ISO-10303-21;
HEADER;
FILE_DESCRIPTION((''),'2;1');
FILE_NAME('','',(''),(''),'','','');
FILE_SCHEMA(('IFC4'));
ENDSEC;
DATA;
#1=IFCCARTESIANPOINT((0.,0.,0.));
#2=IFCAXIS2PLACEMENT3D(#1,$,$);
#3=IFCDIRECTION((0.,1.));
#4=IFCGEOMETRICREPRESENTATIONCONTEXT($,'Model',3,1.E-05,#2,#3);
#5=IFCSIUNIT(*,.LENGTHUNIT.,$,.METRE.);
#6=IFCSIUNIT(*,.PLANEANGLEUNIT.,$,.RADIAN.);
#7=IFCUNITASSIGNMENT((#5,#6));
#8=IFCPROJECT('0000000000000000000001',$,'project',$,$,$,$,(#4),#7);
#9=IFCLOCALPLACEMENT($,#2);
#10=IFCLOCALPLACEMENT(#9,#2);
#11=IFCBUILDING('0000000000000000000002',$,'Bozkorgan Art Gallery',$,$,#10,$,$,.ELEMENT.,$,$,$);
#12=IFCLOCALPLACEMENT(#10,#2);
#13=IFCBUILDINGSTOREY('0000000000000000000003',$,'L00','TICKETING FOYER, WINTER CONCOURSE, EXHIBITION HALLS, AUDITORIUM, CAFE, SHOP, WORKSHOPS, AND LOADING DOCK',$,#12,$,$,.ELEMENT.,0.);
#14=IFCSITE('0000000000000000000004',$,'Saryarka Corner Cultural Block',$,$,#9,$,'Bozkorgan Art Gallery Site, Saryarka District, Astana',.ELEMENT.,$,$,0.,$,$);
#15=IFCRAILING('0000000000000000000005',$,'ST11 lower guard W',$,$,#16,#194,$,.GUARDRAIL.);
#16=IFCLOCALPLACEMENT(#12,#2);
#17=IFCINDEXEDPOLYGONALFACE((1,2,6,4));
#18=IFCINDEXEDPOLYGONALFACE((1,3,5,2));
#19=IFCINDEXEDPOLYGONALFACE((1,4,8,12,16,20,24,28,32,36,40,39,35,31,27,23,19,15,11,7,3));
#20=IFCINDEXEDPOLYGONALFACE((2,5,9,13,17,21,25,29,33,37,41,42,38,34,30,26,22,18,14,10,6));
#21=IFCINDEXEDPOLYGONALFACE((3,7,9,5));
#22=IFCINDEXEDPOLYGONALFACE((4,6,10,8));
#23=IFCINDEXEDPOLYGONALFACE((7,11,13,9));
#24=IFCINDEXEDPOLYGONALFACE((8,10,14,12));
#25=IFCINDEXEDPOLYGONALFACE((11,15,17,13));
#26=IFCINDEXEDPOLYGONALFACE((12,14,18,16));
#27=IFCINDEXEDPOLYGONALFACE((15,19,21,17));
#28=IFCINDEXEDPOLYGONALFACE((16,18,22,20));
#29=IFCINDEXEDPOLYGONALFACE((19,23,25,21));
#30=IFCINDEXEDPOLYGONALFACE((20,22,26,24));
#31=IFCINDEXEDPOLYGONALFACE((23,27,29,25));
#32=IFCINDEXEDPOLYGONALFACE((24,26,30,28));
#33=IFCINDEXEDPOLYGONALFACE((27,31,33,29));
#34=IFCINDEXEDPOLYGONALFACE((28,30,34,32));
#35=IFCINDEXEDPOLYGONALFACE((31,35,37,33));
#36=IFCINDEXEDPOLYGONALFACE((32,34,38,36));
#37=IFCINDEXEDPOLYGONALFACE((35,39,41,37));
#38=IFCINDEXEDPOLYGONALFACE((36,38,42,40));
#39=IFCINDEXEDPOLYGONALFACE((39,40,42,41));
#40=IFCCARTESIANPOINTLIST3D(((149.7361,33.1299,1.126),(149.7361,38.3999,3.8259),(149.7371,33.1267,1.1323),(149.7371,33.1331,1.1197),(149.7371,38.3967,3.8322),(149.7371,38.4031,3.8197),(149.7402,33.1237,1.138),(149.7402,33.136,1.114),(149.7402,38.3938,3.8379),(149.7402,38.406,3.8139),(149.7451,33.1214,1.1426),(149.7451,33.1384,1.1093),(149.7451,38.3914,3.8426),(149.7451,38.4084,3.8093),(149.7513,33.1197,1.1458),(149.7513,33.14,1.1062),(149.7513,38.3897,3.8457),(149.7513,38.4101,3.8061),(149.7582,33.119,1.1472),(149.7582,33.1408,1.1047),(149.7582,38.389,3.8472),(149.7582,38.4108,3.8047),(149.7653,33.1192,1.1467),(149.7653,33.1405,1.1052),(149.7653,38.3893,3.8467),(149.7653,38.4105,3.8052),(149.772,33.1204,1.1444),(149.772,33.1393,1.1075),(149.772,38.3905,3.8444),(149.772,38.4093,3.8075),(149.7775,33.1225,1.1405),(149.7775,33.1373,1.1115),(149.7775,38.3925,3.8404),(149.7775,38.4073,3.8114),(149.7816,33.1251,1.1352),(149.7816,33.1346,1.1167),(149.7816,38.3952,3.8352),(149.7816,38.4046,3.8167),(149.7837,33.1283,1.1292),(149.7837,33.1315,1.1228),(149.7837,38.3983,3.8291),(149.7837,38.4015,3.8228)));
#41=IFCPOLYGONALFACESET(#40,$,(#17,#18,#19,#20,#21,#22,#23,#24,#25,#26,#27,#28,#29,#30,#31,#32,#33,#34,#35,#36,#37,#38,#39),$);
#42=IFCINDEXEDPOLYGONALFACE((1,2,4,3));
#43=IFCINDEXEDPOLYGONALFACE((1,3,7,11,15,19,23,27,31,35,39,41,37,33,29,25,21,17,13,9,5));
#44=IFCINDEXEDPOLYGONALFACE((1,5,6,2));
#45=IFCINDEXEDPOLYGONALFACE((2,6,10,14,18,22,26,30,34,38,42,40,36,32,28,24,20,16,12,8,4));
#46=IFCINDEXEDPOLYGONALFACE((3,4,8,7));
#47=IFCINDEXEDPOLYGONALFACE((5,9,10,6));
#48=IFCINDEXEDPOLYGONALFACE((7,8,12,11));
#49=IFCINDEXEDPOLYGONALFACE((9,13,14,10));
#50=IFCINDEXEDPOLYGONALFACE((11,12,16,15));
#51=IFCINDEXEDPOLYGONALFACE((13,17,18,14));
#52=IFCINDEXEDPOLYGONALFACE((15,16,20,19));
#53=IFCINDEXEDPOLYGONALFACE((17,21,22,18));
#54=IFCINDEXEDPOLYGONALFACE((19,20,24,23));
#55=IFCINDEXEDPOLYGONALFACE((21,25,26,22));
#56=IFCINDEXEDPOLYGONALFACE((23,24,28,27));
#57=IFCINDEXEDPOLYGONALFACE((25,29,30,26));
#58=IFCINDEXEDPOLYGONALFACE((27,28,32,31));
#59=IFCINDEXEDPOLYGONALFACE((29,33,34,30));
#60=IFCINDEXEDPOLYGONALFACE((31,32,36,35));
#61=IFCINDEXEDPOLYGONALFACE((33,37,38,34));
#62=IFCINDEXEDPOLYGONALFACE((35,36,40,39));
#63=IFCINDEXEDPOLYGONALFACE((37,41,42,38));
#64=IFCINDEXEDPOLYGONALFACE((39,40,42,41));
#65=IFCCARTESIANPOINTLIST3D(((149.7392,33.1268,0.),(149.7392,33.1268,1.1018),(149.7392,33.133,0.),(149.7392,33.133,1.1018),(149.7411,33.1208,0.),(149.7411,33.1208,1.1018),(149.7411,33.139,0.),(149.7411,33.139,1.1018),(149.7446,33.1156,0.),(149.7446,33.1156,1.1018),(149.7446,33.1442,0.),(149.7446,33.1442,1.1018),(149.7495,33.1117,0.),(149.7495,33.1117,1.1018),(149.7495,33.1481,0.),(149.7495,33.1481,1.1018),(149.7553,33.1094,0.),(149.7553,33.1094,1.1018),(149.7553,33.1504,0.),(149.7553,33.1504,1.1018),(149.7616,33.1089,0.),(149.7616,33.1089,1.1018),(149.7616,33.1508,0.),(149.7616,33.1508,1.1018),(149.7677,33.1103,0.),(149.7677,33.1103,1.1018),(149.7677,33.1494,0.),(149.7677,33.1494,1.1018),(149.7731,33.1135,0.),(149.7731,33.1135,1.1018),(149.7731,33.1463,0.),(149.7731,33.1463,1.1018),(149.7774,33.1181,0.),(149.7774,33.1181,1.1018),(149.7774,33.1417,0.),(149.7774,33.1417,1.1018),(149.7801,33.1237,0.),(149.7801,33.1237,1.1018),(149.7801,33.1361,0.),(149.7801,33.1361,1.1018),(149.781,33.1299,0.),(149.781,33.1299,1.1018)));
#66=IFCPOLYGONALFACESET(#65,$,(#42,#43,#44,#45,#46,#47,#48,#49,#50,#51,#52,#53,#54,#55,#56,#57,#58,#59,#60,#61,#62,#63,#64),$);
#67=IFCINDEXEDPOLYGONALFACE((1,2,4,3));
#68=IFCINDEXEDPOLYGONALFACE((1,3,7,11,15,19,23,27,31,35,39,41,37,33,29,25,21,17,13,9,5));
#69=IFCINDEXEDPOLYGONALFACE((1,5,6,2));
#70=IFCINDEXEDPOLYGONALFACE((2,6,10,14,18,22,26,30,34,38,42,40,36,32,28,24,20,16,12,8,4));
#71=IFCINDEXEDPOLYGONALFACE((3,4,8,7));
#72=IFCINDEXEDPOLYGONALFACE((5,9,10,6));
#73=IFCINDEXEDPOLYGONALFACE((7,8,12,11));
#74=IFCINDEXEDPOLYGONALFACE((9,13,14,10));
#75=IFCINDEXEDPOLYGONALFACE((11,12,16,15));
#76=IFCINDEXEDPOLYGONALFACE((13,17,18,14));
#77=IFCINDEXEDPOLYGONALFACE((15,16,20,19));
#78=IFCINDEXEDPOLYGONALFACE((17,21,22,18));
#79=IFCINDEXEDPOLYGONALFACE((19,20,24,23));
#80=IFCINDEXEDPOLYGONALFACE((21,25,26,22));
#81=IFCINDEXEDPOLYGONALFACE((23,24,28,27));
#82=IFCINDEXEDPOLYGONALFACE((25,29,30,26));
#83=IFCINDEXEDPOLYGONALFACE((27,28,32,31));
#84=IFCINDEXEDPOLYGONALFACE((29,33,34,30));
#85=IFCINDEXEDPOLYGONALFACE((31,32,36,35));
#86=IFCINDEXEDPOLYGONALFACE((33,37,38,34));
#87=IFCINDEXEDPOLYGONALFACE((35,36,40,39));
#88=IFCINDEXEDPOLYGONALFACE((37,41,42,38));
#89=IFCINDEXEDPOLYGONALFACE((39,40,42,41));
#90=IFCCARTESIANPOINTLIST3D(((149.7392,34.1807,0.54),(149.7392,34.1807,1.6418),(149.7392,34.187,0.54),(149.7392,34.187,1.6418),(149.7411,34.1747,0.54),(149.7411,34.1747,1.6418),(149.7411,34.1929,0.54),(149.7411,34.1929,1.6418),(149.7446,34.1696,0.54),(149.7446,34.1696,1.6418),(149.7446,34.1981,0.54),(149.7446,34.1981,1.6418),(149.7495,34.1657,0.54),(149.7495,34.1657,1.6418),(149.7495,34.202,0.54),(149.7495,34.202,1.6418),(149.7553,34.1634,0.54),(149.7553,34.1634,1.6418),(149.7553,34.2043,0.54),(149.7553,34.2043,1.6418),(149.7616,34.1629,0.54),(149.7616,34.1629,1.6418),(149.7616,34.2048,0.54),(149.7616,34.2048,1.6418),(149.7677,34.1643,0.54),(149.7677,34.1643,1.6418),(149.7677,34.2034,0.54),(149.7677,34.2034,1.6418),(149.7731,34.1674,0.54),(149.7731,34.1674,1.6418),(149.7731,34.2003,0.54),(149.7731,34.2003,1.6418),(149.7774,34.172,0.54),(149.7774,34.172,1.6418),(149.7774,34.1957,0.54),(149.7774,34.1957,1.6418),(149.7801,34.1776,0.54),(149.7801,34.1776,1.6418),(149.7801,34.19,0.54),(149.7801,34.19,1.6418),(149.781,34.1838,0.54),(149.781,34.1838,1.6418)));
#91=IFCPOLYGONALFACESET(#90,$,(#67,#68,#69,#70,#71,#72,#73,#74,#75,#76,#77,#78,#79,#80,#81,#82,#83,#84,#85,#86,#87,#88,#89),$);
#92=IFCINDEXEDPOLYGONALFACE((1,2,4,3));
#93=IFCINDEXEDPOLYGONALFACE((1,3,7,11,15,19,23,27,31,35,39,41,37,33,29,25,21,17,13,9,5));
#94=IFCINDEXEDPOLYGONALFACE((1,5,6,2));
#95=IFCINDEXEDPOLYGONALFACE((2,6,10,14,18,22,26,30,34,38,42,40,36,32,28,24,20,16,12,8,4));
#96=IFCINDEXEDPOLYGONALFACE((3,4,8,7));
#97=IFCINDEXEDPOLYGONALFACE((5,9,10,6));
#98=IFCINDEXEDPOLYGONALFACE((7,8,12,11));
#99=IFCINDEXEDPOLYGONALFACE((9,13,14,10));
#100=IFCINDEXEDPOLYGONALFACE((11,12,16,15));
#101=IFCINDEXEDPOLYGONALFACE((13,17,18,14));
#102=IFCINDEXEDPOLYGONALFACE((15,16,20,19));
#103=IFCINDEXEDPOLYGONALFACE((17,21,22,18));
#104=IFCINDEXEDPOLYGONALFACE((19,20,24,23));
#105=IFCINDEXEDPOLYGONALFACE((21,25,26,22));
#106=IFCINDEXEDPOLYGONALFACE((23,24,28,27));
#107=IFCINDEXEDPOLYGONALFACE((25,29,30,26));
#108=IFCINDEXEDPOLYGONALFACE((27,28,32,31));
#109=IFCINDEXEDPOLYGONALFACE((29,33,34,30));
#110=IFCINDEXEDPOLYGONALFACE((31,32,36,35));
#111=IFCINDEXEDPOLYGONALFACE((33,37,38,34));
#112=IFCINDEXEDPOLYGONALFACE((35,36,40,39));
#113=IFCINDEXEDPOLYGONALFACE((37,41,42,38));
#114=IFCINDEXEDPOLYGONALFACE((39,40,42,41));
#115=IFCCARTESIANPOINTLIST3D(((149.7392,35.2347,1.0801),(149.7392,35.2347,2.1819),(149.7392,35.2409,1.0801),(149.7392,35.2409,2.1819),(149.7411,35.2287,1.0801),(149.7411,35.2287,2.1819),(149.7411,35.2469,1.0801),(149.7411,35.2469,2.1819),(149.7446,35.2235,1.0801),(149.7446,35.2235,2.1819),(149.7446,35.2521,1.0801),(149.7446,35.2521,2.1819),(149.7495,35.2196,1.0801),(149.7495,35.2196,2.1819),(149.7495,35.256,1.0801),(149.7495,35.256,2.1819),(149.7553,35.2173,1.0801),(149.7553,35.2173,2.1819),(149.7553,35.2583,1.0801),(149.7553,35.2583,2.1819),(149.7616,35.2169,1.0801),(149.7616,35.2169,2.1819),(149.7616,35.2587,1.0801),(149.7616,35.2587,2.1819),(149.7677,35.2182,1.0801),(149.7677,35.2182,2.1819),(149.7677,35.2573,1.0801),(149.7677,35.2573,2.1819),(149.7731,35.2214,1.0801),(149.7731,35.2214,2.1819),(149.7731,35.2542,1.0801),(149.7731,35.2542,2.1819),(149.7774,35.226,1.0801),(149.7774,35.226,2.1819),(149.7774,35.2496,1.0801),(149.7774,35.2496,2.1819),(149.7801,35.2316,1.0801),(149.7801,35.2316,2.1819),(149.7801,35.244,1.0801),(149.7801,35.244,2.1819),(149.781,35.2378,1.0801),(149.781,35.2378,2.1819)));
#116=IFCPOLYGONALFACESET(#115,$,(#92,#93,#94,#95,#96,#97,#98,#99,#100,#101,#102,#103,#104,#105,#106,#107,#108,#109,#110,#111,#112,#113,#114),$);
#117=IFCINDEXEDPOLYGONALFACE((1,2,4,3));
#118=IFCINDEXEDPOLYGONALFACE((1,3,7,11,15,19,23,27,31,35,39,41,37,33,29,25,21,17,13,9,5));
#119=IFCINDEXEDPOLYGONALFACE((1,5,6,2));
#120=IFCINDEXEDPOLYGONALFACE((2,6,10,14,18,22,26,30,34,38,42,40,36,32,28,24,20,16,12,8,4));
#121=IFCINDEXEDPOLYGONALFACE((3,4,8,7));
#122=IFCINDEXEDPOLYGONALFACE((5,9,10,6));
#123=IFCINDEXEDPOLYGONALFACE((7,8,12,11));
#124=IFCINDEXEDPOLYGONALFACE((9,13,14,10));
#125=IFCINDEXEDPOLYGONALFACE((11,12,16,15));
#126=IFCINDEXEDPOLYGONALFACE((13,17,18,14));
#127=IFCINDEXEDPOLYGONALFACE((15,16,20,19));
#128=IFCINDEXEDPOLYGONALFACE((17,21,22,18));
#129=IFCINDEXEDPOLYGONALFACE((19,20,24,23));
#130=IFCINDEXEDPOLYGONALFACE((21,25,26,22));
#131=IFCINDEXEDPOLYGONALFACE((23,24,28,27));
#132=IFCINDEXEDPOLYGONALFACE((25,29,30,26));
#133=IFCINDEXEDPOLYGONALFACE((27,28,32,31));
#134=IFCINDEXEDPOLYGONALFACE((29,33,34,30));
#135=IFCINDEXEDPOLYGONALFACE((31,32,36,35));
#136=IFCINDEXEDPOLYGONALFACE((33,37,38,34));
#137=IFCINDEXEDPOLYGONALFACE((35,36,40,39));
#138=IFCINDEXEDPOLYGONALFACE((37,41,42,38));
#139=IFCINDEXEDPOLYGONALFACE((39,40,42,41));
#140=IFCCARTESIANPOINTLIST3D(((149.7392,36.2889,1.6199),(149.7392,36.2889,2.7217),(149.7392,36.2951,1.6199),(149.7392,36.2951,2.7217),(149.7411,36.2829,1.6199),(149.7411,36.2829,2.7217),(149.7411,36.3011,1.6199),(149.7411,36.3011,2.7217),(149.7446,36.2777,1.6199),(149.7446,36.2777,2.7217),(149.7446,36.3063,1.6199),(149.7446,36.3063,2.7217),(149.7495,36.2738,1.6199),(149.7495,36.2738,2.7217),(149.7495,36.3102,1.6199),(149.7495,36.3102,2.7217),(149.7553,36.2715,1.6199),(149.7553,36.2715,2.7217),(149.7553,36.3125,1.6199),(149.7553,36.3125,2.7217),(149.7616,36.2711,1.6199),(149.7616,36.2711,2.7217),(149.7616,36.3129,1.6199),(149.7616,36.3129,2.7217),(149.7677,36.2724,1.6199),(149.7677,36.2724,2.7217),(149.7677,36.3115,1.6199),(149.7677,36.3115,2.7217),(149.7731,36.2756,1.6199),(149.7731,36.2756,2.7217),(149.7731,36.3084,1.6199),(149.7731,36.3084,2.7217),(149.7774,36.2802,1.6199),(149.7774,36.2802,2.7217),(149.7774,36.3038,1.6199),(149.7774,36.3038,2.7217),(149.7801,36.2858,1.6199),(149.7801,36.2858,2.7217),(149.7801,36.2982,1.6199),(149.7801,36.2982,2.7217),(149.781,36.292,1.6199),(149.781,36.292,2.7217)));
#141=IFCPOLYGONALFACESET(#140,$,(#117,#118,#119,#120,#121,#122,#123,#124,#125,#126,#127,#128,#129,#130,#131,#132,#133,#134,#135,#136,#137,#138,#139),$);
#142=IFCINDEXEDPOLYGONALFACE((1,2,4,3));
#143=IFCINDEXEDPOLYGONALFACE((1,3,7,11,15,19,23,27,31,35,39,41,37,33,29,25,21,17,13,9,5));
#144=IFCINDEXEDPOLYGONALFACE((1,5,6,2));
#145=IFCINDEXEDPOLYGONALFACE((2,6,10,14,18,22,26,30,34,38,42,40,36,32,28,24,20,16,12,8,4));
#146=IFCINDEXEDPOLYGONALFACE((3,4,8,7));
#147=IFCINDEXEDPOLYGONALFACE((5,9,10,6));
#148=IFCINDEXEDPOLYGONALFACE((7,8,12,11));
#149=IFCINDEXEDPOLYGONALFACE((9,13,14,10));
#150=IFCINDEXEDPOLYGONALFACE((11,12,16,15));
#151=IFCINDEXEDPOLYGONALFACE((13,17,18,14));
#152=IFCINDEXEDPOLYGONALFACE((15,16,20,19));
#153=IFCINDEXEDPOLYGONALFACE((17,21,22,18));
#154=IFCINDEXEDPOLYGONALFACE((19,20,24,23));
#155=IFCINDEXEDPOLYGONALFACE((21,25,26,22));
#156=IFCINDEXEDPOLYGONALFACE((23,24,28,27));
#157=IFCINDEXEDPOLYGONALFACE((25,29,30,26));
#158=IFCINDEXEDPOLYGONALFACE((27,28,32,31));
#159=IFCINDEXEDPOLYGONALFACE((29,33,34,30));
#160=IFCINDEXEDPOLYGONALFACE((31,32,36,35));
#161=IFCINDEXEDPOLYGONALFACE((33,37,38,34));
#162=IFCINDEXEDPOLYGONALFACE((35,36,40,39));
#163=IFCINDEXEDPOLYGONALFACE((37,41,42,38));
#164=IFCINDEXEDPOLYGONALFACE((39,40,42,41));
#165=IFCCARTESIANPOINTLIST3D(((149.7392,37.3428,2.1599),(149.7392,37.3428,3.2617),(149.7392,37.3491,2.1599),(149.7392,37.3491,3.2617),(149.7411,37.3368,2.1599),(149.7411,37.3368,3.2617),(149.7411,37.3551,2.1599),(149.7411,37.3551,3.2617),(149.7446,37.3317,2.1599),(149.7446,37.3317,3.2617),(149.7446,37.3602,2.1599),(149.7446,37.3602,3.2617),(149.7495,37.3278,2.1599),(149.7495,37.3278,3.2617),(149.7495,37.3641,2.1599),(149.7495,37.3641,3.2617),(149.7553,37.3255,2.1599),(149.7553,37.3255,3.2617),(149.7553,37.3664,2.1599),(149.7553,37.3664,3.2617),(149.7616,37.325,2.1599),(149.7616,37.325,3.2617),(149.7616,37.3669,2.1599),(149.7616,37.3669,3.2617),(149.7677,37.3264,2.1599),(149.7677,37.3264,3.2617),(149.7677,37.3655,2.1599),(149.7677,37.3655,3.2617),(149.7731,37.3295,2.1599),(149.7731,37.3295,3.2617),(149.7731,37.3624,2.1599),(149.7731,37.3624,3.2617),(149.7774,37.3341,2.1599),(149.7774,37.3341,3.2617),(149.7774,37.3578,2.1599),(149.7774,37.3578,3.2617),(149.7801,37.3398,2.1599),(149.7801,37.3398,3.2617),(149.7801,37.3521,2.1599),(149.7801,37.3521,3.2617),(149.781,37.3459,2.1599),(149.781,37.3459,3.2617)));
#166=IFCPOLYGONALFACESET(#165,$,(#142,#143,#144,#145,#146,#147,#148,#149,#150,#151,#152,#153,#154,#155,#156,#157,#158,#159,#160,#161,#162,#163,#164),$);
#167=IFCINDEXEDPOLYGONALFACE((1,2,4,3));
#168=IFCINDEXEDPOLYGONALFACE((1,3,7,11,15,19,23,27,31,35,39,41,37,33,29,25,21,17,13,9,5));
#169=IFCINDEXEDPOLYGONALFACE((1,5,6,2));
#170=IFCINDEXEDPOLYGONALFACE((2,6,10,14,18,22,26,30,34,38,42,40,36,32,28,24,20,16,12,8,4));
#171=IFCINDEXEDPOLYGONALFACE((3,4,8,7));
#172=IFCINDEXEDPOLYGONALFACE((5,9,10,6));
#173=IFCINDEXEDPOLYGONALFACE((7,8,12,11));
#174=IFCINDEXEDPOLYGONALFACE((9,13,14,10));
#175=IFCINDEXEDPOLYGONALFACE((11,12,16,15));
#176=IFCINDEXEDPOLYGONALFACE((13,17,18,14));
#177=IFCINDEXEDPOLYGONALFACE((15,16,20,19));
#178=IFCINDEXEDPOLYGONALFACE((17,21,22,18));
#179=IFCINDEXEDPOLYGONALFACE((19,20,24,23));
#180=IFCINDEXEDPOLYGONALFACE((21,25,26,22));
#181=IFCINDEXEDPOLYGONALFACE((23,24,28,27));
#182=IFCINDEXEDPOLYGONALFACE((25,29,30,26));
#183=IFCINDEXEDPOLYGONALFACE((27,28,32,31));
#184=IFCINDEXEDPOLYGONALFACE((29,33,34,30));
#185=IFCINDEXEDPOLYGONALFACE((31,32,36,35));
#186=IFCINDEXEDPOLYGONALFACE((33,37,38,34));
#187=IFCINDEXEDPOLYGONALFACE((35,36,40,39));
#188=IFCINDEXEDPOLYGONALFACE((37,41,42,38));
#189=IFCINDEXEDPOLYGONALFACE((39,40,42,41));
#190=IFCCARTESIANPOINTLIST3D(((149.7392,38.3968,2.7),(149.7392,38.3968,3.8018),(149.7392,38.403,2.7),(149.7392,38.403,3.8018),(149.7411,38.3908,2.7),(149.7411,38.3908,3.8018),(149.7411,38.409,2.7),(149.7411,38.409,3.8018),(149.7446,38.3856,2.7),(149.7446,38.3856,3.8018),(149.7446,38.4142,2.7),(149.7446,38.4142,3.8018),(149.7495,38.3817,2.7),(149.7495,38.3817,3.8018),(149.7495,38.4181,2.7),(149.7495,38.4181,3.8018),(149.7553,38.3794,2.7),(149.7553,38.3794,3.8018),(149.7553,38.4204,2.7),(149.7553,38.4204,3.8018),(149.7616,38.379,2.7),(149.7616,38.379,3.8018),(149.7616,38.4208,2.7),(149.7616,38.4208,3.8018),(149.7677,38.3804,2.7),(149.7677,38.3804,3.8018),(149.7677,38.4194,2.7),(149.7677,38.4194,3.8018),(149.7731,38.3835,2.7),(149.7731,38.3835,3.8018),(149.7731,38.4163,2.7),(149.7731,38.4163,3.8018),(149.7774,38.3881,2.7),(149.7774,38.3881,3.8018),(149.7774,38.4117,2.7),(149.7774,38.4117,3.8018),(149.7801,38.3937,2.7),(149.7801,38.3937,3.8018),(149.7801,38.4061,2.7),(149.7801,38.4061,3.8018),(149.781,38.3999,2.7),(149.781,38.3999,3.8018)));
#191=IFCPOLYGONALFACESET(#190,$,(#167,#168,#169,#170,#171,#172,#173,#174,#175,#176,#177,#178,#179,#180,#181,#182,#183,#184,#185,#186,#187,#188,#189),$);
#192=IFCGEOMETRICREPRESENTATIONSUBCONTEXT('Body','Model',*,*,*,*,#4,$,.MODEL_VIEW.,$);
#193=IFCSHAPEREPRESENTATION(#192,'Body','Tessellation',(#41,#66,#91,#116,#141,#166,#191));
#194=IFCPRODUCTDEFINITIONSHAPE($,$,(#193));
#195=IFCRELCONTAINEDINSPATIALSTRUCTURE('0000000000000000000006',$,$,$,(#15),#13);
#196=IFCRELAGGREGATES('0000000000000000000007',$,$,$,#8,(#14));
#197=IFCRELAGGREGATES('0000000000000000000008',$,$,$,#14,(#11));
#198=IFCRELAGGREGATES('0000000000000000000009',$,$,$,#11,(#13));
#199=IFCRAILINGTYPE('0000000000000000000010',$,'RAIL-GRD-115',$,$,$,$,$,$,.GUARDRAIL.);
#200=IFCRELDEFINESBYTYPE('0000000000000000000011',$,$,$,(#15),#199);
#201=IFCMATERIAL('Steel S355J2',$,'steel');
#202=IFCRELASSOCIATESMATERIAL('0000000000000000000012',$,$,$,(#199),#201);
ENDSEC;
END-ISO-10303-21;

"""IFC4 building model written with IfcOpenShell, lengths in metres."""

from ifc_helpers import new_model, si_unit, direction, frame, origin, origin_2d, place, context, subcontext, project, spatial, circle, extrude, material, type_object, element, save


model = new_model("IFC4")

# Units and contexts
model_context = context("Model", 3, precision=1e-05, world=origin(), true_north=direction((0.0, 1.0)))
body_context = subcontext(model_context, "Body", "Model", "MODEL_VIEW")
ifc_project = project(units=[si_unit("LENGTHUNIT", "METRE"), si_unit("PLANEANGLEUNIT", "RADIAN")], contexts=[model_context])

# Site, building, storey
site_placement = place(None, origin())
site = spatial("IfcSite", under=ifc_project, at=site_placement, Name="Saryarka Corner Cultural Block", LongName="Bozkorgan Art Gallery Site, Saryarka District, Astana", CompositionType="ELEMENT", RefElevation=0.0)
building_placement = place(site_placement, origin())
building = spatial("IfcBuilding", under=site, at=building_placement, Name="Bozkorgan Art Gallery", CompositionType="ELEMENT")
storey_placement = place(building_placement, origin())
storey = spatial("IfcBuildingStorey", under=building, at=storey_placement, Name="L00", Description="TICKETING FOYER, WINTER CONCOURSE, EXHIBITION HALLS, AUDITORIUM, CAFE, SHOP, WORKSHOPS, AND LOADING DOCK", CompositionType="ELEMENT", Elevation=0.0)

# Shared definitions
ifc_material_1 = material(Name="Steel S355J2", Category="steel")

# Railing
railing_type = type_object("IfcRailingType", Name="RAIL-GRD-115", PredefinedType="GUARDRAIL", material=ifc_material_1)
railing_1_placement = place(storey_placement, frame((149.76, 33.1299, 0.0)))
element("IfcRailing", 1, at=railing_1_placement, inside=storey, type_object=railing_type, Name="ST11 lower guard W", PredefinedType="GUARDRAIL", context=body_context, shape_type="SweptSolid", body=[
    extrude(circle(Radius=0.0239, at=origin_2d()), frame((0.0, 0.0, 1.126), z_axis=(0.0, 0.889997, 0.455966), x_axis=(-1.0, 0.0, 0.0)), (0.0, 0.0, 1.0), 5.9214),
    extrude(circle(Radius=0.021, at=origin_2d()), origin(), (0.0, 0.0, 1.0), 1.1018),
    extrude(circle(Radius=0.021, at=origin_2d()), frame((0.0, 1.054, 0.54)), (0.0, 0.0, 1.0), 1.1018),
    extrude(circle(Radius=0.021, at=origin_2d()), frame((0.0, 2.1079, 1.0801)), (0.0, 0.0, 1.0), 1.1018),
    extrude(circle(Radius=0.021, at=origin_2d()), frame((0.0, 3.1621, 1.6199)), (0.0, 0.0, 1.0), 1.1018),
    extrude(circle(Radius=0.021, at=origin_2d()), frame((0.0, 4.2161, 2.1599)), (0.0, 0.0, 1.0), 1.1018),
    extrude(circle(Radius=0.021, at=origin_2d()), frame((0.0, 5.27, 2.7)), (0.0, 0.0, 1.0), 1.1018),
])

save(model, "model.ifc")
